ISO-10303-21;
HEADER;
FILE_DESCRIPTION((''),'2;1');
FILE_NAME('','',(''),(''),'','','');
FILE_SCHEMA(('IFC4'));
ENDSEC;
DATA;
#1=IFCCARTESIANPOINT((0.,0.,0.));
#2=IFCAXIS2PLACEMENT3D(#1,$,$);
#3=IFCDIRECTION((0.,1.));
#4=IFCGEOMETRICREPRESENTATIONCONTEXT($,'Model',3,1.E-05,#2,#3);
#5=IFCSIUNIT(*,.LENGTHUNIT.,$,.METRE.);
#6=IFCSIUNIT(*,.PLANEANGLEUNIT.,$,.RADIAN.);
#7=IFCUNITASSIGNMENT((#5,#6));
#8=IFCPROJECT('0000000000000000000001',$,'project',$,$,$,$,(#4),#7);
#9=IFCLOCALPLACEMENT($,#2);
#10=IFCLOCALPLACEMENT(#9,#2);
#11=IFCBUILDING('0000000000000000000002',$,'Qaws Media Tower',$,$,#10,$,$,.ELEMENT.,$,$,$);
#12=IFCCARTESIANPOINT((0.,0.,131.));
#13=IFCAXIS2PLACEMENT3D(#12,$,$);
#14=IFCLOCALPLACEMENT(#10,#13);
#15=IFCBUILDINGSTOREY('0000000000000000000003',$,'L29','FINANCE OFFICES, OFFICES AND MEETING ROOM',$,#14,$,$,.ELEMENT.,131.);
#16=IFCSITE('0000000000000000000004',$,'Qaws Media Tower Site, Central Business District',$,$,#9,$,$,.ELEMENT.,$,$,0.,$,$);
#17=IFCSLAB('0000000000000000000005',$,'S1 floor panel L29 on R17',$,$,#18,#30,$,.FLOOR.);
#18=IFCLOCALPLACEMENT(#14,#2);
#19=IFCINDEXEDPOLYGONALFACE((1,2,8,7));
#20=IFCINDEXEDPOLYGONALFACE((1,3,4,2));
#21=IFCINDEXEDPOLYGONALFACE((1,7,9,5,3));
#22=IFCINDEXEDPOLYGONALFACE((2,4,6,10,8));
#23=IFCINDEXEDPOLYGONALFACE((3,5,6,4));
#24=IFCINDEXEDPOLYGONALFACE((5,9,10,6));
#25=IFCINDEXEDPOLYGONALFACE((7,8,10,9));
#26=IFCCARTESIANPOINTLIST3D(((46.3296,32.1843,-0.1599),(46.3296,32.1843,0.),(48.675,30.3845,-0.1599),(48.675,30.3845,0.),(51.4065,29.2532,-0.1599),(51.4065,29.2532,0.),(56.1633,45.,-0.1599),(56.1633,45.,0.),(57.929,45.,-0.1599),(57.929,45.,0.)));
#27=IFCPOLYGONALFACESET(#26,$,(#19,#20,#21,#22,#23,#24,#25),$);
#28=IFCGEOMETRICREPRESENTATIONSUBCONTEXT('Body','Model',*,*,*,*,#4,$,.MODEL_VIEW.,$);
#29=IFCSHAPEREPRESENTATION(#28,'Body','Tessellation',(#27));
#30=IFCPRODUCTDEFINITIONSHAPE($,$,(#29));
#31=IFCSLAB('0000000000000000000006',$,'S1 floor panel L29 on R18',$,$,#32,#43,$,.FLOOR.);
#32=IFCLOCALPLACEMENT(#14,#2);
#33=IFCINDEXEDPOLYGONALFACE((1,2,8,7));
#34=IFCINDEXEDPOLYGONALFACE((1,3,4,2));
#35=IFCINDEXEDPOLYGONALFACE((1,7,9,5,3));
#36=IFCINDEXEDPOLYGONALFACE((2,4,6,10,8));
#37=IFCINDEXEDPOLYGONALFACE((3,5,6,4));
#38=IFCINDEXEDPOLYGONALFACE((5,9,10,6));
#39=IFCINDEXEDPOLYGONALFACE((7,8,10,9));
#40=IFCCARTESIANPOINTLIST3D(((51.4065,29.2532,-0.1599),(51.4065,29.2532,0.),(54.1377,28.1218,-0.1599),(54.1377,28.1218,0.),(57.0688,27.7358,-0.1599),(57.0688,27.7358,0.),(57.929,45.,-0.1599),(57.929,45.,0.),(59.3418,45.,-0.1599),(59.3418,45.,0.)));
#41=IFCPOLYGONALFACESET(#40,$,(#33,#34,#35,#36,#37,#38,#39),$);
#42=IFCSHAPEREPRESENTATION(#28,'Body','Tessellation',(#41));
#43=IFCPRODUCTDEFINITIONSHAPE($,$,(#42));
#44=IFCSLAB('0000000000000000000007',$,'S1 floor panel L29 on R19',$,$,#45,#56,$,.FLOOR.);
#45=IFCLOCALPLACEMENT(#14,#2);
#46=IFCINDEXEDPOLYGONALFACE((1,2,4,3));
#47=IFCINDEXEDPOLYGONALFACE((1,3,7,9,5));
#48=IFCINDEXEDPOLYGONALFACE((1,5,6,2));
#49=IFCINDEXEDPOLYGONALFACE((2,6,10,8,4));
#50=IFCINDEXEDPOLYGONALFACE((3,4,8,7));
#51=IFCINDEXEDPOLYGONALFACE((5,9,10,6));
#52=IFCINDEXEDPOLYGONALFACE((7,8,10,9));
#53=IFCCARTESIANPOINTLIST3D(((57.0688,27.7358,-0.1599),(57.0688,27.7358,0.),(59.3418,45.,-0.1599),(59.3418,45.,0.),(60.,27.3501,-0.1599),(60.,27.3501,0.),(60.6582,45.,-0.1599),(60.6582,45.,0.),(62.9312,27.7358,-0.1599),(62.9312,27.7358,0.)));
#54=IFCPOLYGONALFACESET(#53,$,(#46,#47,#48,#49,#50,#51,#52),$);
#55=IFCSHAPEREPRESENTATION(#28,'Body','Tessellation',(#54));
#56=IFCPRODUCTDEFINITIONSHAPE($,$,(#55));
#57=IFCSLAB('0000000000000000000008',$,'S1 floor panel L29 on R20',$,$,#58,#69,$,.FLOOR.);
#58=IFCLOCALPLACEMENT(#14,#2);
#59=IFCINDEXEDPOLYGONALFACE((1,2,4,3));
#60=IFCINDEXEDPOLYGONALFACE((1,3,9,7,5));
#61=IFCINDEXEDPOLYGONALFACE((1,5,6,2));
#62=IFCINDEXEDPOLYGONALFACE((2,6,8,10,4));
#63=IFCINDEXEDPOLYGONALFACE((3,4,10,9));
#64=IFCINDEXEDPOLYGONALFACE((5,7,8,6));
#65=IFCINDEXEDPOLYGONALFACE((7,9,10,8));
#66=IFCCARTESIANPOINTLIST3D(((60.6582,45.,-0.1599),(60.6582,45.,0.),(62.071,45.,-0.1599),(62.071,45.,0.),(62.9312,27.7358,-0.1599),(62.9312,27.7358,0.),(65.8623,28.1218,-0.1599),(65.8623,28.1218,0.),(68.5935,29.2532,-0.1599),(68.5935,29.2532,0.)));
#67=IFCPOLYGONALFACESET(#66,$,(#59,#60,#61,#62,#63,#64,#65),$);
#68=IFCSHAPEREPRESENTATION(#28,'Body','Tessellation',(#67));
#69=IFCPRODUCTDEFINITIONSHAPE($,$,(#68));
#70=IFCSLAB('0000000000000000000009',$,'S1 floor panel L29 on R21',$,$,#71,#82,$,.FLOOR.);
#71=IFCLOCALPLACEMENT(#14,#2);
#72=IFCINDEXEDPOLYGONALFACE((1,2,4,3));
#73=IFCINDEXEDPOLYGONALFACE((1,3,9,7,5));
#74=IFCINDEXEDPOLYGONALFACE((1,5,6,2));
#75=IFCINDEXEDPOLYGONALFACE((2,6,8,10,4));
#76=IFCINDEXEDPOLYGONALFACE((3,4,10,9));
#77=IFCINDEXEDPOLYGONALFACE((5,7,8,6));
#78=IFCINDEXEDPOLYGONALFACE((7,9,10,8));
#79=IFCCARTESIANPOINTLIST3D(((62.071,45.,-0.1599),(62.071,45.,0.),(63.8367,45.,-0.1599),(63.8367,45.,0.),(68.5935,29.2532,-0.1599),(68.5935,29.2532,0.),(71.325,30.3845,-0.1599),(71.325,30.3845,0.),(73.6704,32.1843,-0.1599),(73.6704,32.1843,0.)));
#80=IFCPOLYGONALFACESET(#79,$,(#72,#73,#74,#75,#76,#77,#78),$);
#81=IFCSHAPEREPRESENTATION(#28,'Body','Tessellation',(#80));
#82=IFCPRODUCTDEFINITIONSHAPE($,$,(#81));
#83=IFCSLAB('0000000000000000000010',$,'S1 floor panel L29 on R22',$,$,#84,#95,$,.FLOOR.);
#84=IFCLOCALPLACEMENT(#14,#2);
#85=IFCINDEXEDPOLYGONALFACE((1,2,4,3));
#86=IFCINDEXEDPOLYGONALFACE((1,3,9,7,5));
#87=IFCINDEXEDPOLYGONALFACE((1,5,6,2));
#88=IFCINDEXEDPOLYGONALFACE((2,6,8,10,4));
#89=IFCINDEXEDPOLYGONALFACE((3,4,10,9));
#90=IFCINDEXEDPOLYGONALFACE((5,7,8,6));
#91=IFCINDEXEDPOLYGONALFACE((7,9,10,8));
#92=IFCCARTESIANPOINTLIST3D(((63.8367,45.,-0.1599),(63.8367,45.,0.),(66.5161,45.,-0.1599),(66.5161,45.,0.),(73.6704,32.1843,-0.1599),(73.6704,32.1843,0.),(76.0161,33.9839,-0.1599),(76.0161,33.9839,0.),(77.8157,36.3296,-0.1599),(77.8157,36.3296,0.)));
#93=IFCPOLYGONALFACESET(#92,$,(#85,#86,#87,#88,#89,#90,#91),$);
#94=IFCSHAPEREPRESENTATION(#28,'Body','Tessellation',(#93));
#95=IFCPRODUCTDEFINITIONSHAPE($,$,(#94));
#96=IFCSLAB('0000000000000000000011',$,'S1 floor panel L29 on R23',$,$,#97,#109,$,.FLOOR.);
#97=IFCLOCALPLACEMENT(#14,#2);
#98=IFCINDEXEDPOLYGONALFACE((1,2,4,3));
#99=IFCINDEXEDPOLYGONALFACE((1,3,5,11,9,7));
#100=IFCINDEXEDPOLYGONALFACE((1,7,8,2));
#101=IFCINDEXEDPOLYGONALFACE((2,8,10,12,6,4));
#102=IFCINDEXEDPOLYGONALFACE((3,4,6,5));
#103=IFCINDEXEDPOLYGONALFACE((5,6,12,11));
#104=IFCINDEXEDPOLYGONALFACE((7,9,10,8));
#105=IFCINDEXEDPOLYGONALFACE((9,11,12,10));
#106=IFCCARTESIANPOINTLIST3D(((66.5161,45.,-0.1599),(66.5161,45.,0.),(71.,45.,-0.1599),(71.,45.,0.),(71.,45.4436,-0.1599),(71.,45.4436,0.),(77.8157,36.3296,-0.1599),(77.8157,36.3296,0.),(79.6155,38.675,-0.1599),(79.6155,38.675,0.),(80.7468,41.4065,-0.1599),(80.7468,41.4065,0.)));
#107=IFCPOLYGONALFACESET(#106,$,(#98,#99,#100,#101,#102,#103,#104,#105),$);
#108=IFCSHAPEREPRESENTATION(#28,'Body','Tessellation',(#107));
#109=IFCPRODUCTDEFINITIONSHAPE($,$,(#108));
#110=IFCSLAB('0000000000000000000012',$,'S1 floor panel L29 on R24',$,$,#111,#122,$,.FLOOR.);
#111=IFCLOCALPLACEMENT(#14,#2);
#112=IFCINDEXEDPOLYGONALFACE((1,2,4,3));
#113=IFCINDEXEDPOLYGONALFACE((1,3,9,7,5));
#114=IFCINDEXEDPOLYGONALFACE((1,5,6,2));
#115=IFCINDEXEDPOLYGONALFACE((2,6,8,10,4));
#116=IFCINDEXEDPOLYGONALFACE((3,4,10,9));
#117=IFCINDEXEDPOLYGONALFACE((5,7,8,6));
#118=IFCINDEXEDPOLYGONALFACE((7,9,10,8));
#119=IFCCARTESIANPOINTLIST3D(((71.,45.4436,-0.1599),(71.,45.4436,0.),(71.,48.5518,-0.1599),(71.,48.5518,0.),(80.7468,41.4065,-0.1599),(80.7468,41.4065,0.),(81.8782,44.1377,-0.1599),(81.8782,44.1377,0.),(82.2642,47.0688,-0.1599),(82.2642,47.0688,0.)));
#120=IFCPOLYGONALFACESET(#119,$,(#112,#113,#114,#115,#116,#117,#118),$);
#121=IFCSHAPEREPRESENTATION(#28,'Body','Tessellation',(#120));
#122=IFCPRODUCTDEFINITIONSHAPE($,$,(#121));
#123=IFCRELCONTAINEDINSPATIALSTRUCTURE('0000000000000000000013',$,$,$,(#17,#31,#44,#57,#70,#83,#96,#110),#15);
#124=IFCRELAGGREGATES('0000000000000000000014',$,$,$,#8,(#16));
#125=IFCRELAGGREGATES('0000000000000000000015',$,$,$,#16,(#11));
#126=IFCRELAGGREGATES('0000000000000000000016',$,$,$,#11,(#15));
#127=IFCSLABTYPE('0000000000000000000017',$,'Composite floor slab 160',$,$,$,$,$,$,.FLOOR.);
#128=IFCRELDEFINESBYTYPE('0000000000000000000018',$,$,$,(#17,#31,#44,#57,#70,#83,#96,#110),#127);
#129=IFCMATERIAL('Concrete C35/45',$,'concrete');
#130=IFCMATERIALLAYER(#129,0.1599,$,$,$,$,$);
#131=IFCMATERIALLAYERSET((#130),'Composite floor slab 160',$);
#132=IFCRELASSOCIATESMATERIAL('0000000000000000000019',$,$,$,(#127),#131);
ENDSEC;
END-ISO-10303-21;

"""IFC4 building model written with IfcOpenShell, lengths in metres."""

from ifc_helpers import new_model, si_unit, direction, frame, origin, place, context, subcontext, project, spatial, polyline, outline, extrude, material, layer, layer_set, type_object, element, save


model = new_model("IFC4")

# Units and contexts
model_context = context("Model", 3, precision=1e-05, world=origin(), true_north=direction((0.0, 1.0)))
body_context = subcontext(model_context, "Body", "Model", "MODEL_VIEW")
ifc_project = project(units=[si_unit("LENGTHUNIT", "METRE"), si_unit("PLANEANGLEUNIT", "RADIAN")], contexts=[model_context])

# Site, building, storey
site_placement = place(None, origin())
site = spatial("IfcSite", under=ifc_project, at=site_placement, Name="Qaws Media Tower Site, Central Business District", CompositionType="ELEMENT", RefElevation=0.0)
building_placement = place(site_placement, origin())
building = spatial("IfcBuilding", under=site, at=building_placement, Name="Qaws Media Tower", CompositionType="ELEMENT")
storey_placement = place(building_placement, frame((0.0, 0.0, 131.0)))
storey = spatial("IfcBuildingStorey", under=building, at=storey_placement, Name="L29", Description="FINANCE OFFICES, OFFICES AND MEETING ROOM", CompositionType="ELEMENT", Elevation=131.0)

# Slabs
ifc_material_1 = material(Name="Concrete C35/45", Category="concrete")
ifc_layer_1 = layer(ifc_material_1, 0.1599)
ifc_layer_set_1 = layer_set([ifc_layer_1], Name="Composite floor slab 160")
slab_type_1 = type_object("IfcSlabType", Name="Composite floor slab 160", PredefinedType="FLOOR", material=ifc_layer_set_1)
slab_1_placement = place(storey_placement, frame((0.0, 0.0, -0.1599)))
element("IfcSlab", 1, at=slab_1_placement, inside=storey, type_object=slab_type_1, Name="S1 floor panel L29 on R17", PredefinedType="FLOOR", context=body_context, shape_type="SweptSolid", body=[
    extrude(outline(polyline([(48.675, 30.3845), (46.3296, 32.1843), (56.1633, 45.0), (57.929, 45.0), (51.4065, 29.2532), (48.675, 30.3845)])), origin(), (0.0, 0.0, 1.0), 0.1599),
])
slab_2_placement = place(storey_placement, frame((0.0, 0.0, -0.1599)))
element("IfcSlab", 2, at=slab_2_placement, inside=storey, type_object=slab_type_1, Name="S1 floor panel L29 on R18", PredefinedType="FLOOR", context=body_context, shape_type="SweptSolid", body=[
    extrude(outline(polyline([(54.1377, 28.1218), (51.4065, 29.2532), (57.929, 45.0), (59.3418, 45.0), (57.0688, 27.7358), (54.1377, 28.1218)])), origin(), (0.0, 0.0, 1.0), 0.1599),
])
slab_3_placement = place(storey_placement, frame((0.0, 0.0, -0.1599)))
element("IfcSlab", 3, at=slab_3_placement, inside=storey, type_object=slab_type_1, Name="S1 floor panel L29 on R19", PredefinedType="FLOOR", context=body_context, shape_type="SweptSolid", body=[
    extrude(outline(polyline([(60.0, 27.3501), (57.0688, 27.7358), (59.3418, 45.0), (60.6582, 45.0), (62.9312, 27.7358), (60.0, 27.3501)])), origin(), (0.0, 0.0, 1.0), 0.1599),
])
slab_4_placement = place(storey_placement, frame((0.0, 0.0, -0.1599)))
element("IfcSlab", 4, at=slab_4_placement, inside=storey, type_object=slab_type_1, Name="S1 floor panel L29 on R20", PredefinedType="FLOOR", context=body_context, shape_type="SweptSolid", body=[
    extrude(outline(polyline([(65.8623, 28.1218), (62.9312, 27.7358), (60.6582, 45.0), (62.071, 45.0), (68.5935, 29.2532), (65.8623, 28.1218)])), origin(), (0.0, 0.0, 1.0), 0.1599),
])
slab_5_placement = place(storey_placement, frame((0.0, 0.0, -0.1599)))
element("IfcSlab", 5, at=slab_5_placement, inside=storey, type_object=slab_type_1, Name="S1 floor panel L29 on R21", PredefinedType="FLOOR", context=body_context, shape_type="SweptSolid", body=[
    extrude(outline(polyline([(71.325, 30.3845), (68.5935, 29.2532), (62.071, 45.0), (63.8367, 45.0), (73.6704, 32.1843), (71.325, 30.3845)])), origin(), (0.0, 0.0, 1.0), 0.1599),
])
slab_6_placement = place(storey_placement, frame((0.0, 0.0, -0.1599)))
element("IfcSlab", 6, at=slab_6_placement, inside=storey, type_object=slab_type_1, Name="S1 floor panel L29 on R22", PredefinedType="FLOOR", context=body_context, shape_type="SweptSolid", body=[
    extrude(outline(polyline([(76.0161, 33.9839), (73.6704, 32.1843), (63.8367, 45.0), (66.5161, 45.0), (77.8157, 36.3296), (76.0161, 33.9839)])), origin(), (0.0, 0.0, 1.0), 0.1599),
])
slab_7_placement = place(storey_placement, frame((0.0, 0.0, -0.1599)))
element("IfcSlab", 7, at=slab_7_placement, inside=storey, type_object=slab_type_1, Name="S1 floor panel L29 on R23", PredefinedType="FLOOR", context=body_context, shape_type="SweptSolid", body=[
    extrude(outline(polyline([(79.6155, 38.675), (77.8157, 36.3296), (66.5161, 45.0), (71.0, 45.0), (71.0, 45.4436), (80.7468, 41.4065), (79.6155, 38.675)])), origin(), (0.0, 0.0, 1.0), 0.1599),
])
slab_8_placement = place(storey_placement, frame((0.0, 0.0, -0.1599)))
element("IfcSlab", 8, at=slab_8_placement, inside=storey, type_object=slab_type_1, Name="S1 floor panel L29 on R24", PredefinedType="FLOOR", context=body_context, shape_type="SweptSolid", body=[
    extrude(outline(polyline([(80.7468, 41.4065), (71.0, 45.4436), (71.0, 48.5518), (82.2642, 47.0688), (81.8782, 44.1377), (80.7468, 41.4065)])), origin(), (0.0, 0.0, 1.0), 0.1599),
])

save(model, "model.ifc")
